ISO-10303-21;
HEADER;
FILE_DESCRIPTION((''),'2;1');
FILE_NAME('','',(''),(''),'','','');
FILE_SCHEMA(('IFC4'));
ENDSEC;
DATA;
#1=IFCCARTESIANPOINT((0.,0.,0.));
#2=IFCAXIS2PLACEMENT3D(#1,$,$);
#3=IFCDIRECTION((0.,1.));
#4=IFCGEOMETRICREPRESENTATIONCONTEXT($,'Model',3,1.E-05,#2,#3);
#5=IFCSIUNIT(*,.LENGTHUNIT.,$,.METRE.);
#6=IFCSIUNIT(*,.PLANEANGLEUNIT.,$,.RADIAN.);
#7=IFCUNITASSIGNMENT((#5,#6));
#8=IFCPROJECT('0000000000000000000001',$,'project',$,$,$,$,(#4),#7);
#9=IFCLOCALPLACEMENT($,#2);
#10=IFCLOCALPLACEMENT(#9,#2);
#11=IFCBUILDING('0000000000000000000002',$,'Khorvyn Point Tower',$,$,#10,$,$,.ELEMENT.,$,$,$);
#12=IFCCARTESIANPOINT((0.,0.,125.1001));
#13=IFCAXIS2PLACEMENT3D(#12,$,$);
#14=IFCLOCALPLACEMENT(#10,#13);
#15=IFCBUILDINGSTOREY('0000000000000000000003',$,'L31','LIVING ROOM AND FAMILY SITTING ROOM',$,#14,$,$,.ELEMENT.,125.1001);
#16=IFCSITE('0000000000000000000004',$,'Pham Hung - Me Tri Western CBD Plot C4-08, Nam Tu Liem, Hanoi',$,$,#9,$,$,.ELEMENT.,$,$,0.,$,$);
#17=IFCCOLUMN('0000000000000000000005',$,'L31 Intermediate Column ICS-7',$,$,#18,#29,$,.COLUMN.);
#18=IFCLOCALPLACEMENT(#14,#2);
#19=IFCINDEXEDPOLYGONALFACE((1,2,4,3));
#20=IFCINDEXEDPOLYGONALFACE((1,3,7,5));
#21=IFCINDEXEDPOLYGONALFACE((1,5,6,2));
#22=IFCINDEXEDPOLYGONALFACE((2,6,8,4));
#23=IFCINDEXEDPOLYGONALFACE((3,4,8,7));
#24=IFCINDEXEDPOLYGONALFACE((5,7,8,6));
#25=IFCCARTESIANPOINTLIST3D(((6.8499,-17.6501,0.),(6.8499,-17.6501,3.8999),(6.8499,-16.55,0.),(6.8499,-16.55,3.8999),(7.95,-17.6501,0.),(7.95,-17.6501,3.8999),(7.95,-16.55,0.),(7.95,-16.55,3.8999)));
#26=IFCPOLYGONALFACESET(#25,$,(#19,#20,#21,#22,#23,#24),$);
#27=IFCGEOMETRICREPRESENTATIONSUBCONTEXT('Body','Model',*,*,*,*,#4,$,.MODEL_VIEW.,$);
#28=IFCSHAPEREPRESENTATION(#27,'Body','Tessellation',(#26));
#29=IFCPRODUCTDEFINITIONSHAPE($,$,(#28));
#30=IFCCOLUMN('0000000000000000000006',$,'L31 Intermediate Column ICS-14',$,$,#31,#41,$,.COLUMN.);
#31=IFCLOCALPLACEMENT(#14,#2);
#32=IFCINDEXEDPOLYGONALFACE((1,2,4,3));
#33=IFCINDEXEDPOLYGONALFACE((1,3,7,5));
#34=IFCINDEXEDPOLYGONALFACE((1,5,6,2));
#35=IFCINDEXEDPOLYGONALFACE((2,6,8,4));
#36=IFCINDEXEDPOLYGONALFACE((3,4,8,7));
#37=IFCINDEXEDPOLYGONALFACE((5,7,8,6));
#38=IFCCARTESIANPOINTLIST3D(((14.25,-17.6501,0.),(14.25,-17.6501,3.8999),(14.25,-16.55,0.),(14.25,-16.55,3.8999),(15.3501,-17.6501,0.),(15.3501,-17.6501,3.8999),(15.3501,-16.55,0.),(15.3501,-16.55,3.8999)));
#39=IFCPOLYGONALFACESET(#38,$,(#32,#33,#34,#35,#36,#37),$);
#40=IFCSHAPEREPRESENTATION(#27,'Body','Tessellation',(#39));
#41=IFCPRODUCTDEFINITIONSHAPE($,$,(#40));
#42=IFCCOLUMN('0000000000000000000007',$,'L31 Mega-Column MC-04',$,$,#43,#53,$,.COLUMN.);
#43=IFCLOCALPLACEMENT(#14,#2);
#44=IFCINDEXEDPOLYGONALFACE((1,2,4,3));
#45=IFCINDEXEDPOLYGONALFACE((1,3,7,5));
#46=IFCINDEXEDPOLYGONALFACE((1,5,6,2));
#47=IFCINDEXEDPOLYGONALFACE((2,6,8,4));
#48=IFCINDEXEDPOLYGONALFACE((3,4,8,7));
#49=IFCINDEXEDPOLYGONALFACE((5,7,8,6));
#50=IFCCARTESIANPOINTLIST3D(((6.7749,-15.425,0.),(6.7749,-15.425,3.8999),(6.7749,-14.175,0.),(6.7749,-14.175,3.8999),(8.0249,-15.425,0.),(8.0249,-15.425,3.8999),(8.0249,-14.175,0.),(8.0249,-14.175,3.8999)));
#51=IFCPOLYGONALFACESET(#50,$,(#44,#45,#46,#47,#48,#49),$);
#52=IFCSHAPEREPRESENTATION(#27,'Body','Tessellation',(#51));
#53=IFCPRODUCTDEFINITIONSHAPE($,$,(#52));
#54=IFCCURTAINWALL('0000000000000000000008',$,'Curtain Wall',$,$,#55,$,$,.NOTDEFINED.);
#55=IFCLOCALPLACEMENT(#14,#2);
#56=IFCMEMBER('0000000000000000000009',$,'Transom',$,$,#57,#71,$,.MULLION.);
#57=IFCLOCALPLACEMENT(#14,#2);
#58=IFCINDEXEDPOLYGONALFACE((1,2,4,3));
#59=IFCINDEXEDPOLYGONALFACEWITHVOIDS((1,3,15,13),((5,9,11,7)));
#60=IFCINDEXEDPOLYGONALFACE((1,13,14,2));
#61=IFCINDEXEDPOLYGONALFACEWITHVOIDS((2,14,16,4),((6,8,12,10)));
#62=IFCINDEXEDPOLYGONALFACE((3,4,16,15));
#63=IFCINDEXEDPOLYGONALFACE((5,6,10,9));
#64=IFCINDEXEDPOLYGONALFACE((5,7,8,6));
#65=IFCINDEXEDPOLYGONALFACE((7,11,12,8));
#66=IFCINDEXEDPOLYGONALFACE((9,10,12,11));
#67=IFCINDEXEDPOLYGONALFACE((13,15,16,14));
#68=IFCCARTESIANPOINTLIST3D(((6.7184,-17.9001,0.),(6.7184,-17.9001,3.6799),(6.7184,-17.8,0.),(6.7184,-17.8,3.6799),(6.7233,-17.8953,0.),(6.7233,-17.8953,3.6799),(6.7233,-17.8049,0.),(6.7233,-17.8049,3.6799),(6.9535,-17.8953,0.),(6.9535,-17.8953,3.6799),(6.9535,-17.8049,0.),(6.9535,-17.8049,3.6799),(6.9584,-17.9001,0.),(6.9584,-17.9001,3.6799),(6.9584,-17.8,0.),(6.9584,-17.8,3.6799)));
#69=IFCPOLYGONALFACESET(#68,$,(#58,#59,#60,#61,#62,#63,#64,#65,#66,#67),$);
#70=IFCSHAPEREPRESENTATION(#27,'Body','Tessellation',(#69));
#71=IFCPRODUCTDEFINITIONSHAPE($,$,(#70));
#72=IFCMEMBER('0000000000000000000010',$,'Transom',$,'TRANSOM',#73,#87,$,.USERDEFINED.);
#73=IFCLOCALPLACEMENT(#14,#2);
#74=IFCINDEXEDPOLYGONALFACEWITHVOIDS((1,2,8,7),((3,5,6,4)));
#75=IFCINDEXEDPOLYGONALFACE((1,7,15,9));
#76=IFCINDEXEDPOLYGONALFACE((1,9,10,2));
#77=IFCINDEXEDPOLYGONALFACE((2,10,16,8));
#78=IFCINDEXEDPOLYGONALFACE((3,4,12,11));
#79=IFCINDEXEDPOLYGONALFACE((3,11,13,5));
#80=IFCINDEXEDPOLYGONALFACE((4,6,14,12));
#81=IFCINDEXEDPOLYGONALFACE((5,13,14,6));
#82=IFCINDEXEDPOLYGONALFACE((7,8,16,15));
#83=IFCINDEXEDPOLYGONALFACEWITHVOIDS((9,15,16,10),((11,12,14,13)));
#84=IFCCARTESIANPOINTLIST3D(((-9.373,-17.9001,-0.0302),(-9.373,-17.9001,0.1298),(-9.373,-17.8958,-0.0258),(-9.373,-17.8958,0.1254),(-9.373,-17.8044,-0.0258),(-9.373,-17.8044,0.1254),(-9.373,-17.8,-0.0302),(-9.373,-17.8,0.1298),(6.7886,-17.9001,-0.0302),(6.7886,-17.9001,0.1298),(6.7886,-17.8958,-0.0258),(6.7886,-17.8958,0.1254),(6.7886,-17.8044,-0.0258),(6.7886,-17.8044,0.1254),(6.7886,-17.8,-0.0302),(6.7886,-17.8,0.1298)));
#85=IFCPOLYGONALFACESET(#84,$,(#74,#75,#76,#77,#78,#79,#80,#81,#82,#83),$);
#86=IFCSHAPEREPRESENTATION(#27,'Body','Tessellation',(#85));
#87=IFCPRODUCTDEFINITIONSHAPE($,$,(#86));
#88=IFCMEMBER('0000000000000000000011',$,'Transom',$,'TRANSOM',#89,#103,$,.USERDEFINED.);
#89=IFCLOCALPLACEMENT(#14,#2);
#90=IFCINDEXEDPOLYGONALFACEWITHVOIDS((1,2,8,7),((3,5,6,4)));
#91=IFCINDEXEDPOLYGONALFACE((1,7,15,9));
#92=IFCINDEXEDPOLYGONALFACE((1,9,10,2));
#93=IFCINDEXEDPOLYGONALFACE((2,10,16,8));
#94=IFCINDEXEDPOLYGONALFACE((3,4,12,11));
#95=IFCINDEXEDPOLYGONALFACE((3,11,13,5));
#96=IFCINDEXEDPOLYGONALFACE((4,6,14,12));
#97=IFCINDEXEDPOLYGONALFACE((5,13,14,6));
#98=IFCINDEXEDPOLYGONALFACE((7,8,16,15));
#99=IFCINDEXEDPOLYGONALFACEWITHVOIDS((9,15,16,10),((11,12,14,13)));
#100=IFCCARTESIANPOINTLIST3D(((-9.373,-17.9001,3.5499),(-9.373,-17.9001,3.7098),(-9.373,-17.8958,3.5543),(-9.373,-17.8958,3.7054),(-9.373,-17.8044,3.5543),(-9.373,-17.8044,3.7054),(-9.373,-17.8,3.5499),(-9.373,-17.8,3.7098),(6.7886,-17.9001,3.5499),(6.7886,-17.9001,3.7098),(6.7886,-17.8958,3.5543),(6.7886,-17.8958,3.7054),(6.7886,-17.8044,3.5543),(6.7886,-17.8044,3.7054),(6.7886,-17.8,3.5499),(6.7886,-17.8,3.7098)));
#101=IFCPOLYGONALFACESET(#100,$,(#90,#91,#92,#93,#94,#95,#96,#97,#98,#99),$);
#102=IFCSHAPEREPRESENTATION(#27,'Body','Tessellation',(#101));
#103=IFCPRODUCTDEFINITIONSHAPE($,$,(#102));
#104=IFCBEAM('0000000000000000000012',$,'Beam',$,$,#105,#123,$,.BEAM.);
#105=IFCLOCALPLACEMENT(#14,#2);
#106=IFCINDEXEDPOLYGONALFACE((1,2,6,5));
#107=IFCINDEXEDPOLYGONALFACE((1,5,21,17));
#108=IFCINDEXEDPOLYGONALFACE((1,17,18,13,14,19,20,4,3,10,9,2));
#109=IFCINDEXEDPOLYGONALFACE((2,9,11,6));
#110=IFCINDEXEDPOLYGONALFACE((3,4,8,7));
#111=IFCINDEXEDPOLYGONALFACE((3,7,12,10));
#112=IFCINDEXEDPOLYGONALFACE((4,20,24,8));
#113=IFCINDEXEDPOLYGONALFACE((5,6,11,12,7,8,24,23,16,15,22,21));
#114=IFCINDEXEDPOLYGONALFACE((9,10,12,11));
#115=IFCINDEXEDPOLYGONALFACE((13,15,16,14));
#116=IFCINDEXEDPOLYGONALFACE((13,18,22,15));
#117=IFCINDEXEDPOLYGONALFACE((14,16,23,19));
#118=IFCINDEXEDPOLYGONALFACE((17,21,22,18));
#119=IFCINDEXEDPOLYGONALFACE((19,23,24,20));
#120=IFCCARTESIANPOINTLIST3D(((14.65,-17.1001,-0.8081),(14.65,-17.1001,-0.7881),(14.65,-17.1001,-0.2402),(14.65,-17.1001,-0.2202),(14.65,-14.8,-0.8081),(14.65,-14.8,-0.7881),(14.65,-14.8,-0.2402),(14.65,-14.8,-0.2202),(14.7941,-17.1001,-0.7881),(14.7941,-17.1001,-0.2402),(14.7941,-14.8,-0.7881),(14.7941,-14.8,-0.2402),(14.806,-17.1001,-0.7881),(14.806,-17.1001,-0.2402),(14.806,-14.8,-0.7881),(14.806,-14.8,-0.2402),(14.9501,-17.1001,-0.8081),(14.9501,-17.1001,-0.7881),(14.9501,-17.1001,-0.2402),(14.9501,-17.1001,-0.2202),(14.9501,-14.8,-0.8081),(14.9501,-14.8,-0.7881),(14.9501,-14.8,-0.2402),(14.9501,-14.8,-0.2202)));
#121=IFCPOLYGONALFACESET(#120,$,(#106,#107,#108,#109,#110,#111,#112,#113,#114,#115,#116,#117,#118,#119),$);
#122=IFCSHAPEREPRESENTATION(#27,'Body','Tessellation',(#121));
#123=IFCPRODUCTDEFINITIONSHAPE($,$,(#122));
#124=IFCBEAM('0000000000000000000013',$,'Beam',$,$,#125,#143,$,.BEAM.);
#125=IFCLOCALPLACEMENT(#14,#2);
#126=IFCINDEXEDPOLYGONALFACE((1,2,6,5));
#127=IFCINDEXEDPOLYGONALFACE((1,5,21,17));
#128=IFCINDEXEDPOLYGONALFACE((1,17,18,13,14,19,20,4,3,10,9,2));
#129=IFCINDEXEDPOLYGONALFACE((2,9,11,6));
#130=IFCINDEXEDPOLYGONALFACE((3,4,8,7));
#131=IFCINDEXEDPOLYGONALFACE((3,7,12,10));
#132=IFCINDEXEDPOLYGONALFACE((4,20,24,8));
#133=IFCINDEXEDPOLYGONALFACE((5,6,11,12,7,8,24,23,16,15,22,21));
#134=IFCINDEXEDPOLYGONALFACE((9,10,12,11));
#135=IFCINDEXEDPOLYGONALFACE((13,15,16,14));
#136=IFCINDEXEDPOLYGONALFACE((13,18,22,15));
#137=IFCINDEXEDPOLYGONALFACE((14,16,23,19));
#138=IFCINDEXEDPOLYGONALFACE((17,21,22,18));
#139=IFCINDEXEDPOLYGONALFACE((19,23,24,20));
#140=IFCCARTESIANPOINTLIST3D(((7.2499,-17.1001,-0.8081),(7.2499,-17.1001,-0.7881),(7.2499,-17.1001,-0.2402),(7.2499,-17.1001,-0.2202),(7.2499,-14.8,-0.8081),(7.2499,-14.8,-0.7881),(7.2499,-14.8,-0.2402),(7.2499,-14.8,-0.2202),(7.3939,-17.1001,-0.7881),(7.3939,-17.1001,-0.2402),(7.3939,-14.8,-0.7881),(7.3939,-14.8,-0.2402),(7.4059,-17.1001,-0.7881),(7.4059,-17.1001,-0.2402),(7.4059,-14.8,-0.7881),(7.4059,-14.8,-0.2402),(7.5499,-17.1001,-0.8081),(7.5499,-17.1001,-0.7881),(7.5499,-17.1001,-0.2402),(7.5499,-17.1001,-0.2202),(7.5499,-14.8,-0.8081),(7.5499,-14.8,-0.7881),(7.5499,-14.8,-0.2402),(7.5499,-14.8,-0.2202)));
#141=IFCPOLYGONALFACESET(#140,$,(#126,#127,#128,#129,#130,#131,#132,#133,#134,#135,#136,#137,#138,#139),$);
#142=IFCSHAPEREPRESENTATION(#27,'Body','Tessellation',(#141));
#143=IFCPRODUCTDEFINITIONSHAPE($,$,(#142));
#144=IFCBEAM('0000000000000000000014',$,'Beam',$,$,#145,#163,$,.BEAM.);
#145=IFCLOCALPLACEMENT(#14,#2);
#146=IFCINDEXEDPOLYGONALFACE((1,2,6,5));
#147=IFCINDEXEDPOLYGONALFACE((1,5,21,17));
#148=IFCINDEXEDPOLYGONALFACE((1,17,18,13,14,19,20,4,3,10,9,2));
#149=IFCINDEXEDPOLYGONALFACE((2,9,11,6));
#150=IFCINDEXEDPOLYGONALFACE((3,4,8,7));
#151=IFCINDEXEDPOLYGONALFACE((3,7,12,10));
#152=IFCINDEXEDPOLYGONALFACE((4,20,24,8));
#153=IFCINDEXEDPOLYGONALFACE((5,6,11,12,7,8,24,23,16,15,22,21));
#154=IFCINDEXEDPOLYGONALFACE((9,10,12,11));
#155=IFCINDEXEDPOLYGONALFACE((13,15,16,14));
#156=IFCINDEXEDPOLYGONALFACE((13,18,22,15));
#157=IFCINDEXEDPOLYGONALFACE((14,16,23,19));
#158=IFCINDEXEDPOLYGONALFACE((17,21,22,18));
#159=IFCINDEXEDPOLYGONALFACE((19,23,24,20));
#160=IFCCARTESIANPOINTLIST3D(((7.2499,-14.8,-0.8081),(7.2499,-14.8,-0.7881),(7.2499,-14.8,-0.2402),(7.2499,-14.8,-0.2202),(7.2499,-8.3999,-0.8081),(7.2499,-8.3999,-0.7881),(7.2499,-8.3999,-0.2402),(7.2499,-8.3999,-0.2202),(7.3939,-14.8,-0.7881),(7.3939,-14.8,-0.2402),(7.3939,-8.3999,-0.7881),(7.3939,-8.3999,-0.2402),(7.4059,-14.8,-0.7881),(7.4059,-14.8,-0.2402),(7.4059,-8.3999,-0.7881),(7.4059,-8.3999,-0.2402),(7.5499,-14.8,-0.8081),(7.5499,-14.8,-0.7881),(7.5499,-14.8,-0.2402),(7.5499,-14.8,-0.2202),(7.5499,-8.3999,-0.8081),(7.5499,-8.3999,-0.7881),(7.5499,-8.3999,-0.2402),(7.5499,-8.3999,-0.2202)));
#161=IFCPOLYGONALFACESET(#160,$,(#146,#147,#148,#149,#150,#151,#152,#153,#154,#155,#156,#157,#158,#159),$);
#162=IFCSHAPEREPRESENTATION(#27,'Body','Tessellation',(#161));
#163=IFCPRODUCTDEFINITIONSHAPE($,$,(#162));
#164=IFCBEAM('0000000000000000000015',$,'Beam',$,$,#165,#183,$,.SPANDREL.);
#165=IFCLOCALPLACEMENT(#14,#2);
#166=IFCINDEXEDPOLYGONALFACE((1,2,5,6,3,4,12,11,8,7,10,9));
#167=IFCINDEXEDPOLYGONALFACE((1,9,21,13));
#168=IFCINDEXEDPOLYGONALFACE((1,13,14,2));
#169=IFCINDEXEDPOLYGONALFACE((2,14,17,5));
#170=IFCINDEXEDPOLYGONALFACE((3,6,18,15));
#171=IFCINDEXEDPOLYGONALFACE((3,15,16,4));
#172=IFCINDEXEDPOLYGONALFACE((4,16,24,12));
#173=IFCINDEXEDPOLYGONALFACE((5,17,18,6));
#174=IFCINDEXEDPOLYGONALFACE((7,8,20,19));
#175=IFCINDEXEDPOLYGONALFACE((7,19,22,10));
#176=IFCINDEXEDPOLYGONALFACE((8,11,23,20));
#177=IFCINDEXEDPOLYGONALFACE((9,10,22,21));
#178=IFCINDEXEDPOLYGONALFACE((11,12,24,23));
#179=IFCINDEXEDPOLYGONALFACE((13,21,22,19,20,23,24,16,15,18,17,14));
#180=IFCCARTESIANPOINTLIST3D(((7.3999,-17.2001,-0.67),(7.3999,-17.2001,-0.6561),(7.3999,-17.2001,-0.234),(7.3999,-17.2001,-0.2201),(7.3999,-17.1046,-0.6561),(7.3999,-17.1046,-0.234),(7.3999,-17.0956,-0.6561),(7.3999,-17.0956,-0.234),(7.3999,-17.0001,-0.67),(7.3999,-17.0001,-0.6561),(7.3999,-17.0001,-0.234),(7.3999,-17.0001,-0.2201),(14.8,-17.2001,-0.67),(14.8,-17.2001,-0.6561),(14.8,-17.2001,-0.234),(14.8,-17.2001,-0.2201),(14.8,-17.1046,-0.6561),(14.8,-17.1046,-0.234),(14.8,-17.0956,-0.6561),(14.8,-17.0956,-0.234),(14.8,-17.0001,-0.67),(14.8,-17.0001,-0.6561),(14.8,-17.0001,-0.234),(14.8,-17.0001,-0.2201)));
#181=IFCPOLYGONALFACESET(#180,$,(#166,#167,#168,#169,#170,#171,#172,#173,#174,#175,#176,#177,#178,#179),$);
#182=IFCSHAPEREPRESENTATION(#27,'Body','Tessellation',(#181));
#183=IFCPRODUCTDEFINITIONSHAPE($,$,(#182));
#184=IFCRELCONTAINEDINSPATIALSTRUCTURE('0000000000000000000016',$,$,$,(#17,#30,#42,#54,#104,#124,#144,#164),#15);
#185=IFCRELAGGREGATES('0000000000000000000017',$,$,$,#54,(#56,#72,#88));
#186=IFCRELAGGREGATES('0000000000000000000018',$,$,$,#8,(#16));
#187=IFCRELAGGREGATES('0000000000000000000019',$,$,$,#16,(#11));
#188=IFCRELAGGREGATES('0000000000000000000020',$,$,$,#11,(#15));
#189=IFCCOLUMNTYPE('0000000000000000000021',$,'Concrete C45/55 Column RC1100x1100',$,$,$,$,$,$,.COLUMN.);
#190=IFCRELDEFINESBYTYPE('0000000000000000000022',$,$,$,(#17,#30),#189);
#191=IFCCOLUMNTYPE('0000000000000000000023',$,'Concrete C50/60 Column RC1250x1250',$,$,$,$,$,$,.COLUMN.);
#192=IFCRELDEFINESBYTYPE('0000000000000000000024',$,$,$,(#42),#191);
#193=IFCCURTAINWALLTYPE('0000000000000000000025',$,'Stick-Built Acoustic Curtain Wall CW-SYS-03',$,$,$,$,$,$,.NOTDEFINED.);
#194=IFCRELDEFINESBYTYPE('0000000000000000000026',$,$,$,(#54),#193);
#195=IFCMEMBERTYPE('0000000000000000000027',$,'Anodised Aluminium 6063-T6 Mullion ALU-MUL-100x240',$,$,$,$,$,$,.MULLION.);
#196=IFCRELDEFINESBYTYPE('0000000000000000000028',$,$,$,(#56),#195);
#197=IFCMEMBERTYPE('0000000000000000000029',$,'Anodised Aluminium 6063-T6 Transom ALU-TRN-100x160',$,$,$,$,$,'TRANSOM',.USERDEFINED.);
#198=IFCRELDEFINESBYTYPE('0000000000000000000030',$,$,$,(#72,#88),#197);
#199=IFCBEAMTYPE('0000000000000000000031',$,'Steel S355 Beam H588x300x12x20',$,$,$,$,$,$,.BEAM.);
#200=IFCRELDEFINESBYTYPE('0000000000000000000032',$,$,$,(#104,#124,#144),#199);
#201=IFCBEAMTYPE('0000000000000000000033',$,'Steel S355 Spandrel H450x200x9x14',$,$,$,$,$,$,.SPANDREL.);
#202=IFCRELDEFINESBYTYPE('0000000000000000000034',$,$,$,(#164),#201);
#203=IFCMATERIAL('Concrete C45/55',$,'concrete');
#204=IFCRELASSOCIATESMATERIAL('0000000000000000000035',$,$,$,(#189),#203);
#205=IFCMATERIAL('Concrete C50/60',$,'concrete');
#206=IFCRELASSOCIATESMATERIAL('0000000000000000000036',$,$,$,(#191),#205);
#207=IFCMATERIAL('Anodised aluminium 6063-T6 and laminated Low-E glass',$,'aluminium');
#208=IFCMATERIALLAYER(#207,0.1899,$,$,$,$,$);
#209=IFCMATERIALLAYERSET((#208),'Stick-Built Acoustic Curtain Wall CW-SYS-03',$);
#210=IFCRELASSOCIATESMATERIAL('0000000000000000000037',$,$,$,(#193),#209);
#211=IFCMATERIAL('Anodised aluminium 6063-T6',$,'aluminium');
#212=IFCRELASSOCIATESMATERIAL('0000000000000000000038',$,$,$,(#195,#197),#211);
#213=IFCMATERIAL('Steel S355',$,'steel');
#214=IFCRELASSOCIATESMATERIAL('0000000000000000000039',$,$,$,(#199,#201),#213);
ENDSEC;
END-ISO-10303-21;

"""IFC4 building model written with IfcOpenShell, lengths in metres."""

from ifc_helpers import new_model, si_unit, direction, frame, origin, origin_2d, place, context, subcontext, project, spatial, rectangle, hollow_rectangle, i_section, extrude, material, layer, layer_set, material_profile, profile_set, type_object, element, aggregate, save


model = new_model("IFC4")

# Units and contexts
model_context = context("Model", 3, precision=1e-05, world=origin(), true_north=direction((0.0, 1.0)))
body_context = subcontext(model_context, "Body", "Model", "MODEL_VIEW")
ifc_project = project(units=[si_unit("LENGTHUNIT", "METRE"), si_unit("PLANEANGLEUNIT", "RADIAN")], contexts=[model_context])

# Site, building, storey
site_placement = place(None, origin())
site = spatial("IfcSite", under=ifc_project, at=site_placement, Name="Pham Hung - Me Tri Western CBD Plot C4-08, Nam Tu Liem, Hanoi", CompositionType="ELEMENT", RefElevation=0.0)
building_placement = place(site_placement, origin())
building = spatial("IfcBuilding", under=site, at=building_placement, Name="Khorvyn Point Tower", CompositionType="ELEMENT")
storey_placement = place(building_placement, frame((0.0, 0.0, 125.1001)))
storey = spatial("IfcBuildingStorey", under=building, at=storey_placement, Name="L31", Description="LIVING ROOM AND FAMILY SITTING ROOM", CompositionType="ELEMENT", Elevation=125.1001)

# Columns
ifc_material_1 = material(Name="Concrete C45/55", Category="concrete")
ifc_material_profile_1 = material_profile(ifc_material_1, rectangle(XDim=1.1001, YDim=1.1001, at=origin_2d()))
ifc_profile_set_1 = profile_set([ifc_material_profile_1], Name="Concrete C45/55 RC1100x1100")
column_type_1 = type_object("IfcColumnType", Name="Concrete C45/55 Column RC1100x1100", PredefinedType="COLUMN", material=ifc_profile_set_1)
for number, where, z_axis, x_axis, name in (
    (1, (7.3999, -17.1001, 0.0), (0.0, 0.0, 1.0), (1.0, 0.0, 0.0), "L31 Intermediate Column ICS-7"),
    (2, (14.8, -17.1001, 0.0), (0.0, 0.0, 1.0), (1.0, 0.0, 0.0), "L31 Intermediate Column ICS-14"),
):
    element("IfcColumn", number, at=place(storey_placement, frame(where, z_axis=z_axis, x_axis=x_axis)), inside=storey, type_object=column_type_1, Name=name, PredefinedType="COLUMN", context=body_context, shape_type="SweptSolid", body=[
        extrude(rectangle(XDim=1.1001, YDim=1.1001, at=origin_2d()), origin(), (0.0, 0.0, 1.0), 3.8999),
    ])
ifc_material_2 = material(Name="Concrete C50/60", Category="concrete")
ifc_material_profile_2 = material_profile(ifc_material_2, rectangle(XDim=1.25, YDim=1.25, at=origin_2d()))
ifc_profile_set_2 = profile_set([ifc_material_profile_2], Name="Concrete C50/60 RC1250x1250")
column_type_2 = type_object("IfcColumnType", Name="Concrete C50/60 Column RC1250x1250", PredefinedType="COLUMN", material=ifc_profile_set_2)
column_placement = place(storey_placement, frame((7.3999, -14.8, 0.0), z_axis=(0.0, 0.0, 1.0), x_axis=(1.0, 0.0, 0.0)))
element("IfcColumn", 3, at=column_placement, inside=storey, type_object=column_type_2, Name="L31 Mega-Column MC-04", PredefinedType="COLUMN", context=body_context, shape_type="SweptSolid", body=[
    extrude(rectangle(XDim=1.25, YDim=1.25, at=origin_2d()), origin(), (0.0, 0.0, 1.0), 3.8999),
])

# Curtain wall, members
ifc_material_3 = material(Name="Anodised aluminium 6063-T6 and laminated Low-E glass", Category="aluminium")
ifc_layer_1 = layer(ifc_material_3, 0.1899)
ifc_layer_set_1 = layer_set([ifc_layer_1], Name="Stick-Built Acoustic Curtain Wall CW-SYS-03")
curtain_wall_type = type_object("IfcCurtainWallType", Name="Stick-Built Acoustic Curtain Wall CW-SYS-03", PredefinedType="NOTDEFINED", material=ifc_layer_set_1)
curtain_wall_placement = place(storey_placement, origin())
curtain_wall = element("IfcCurtainWall", 4, at=curtain_wall_placement, inside=storey, type_object=curtain_wall_type, Name="Curtain Wall", PredefinedType="NOTDEFINED")
ifc_material_4 = material(Name="Anodised aluminium 6063-T6", Category="aluminium")
ifc_material_profile_3 = material_profile(ifc_material_4, hollow_rectangle(XDim=0.1001, YDim=0.24, WallThickness=0.0049, at=origin_2d()))
ifc_profile_set_3 = profile_set([ifc_material_profile_3], Name="Anodised aluminium 6063-T6 ALU-MUL-100x240")
member_type_1 = type_object("IfcMemberType", Name="Anodised Aluminium 6063-T6 Mullion ALU-MUL-100x240", PredefinedType="MULLION", material=ifc_profile_set_3)
member_1_placement = place(storey_placement, frame((6.8384, -17.8501, 0.0), z_axis=(0.0, 0.0, 1.0), x_axis=(0.0, -1.0, 0.0)))
member_1 = element("IfcMember", 5, at=member_1_placement, type_object=member_type_1, Name="Transom", PredefinedType="MULLION", context=body_context, shape_type="SweptSolid", body=[
    extrude(hollow_rectangle(XDim=0.1001, YDim=0.24, WallThickness=0.0049, at=origin_2d()), origin(), (0.0, 0.0, 1.0), 3.6799),
])
ifc_material_profile_4 = material_profile(ifc_material_4, hollow_rectangle(XDim=0.1001, YDim=0.1599, WallThickness=0.0044, at=origin_2d()))
ifc_profile_set_4 = profile_set([ifc_material_profile_4], Name="Anodised aluminium 6063-T6 ALU-TRN-100x160")
member_type_2 = type_object("IfcMemberType", Name="Anodised Aluminium 6063-T6 Transom ALU-TRN-100x160", ElementType="TRANSOM", PredefinedType="USERDEFINED", material=ifc_profile_set_4)
member_2_placement = place(storey_placement, frame((6.7886, -17.8501, 0.0498), z_axis=(-1.0, 0.0, 0.0), x_axis=(0.0, -1.0, 0.0)))
member_2 = element("IfcMember", 6, at=member_2_placement, type_object=member_type_2, Name="Transom", ObjectType="TRANSOM", PredefinedType="USERDEFINED", context=body_context, shape_type="SweptSolid", body=[
    extrude(hollow_rectangle(XDim=0.1001, YDim=0.1599, WallThickness=0.0044, at=origin_2d()), origin(), (0.0, 0.0, 1.0), 16.1616),
])
member_3_placement = place(storey_placement, frame((6.7886, -17.8501, 3.6299), z_axis=(-1.0, 0.0, 0.0), x_axis=(0.0, -1.0, 0.0)))
member_3 = element("IfcMember", 7, at=member_3_placement, type_object=member_type_2, Name="Transom", ObjectType="TRANSOM", PredefinedType="USERDEFINED", context=body_context, shape_type="SweptSolid", body=[
    extrude(hollow_rectangle(XDim=0.1001, YDim=0.1599, WallThickness=0.0044, at=origin_2d()), origin(), (0.0, 0.0, 1.0), 16.1616),
])
aggregate(curtain_wall, [member_1, member_2, member_3])

# Beams
ifc_material_5 = material(Name="Steel S355", Category="steel")
ifc_material_profile_5 = material_profile(ifc_material_5, i_section(OverallWidth=0.3, OverallDepth=0.5879, WebThickness=0.012, FlangeThickness=0.02, at=origin_2d()))
ifc_profile_set_5 = profile_set([ifc_material_profile_5], Name="Steel S355 H588x300x12x20")
beam_type_1 = type_object("IfcBeamType", Name="Steel S355 Beam H588x300x12x20", PredefinedType="BEAM", material=ifc_profile_set_5)
for number, where, z_axis, x_axis, name in (
    (8, (14.8, -17.1001, -0.5142), (0.0, 1.0, 0.0), (-1.0, 0.0, 0.0), "Beam"),
    (9, (7.3999, -17.1001, -0.5142), (0.0, 1.0, 0.0), (-1.0, 0.0, 0.0), "Beam"),
):
    element("IfcBeam", number, at=place(storey_placement, frame(where, z_axis=z_axis, x_axis=x_axis)), inside=storey, type_object=beam_type_1, Name=name, PredefinedType="BEAM", context=body_context, shape_type="SweptSolid", body=[
        extrude(i_section(OverallWidth=0.3, OverallDepth=0.5879, WebThickness=0.012, FlangeThickness=0.02, at=origin_2d()), origin(), (0.0, 0.0, 1.0), 2.3),
    ])
beam_1_placement = place(storey_placement, frame((7.3999, -14.8, -0.5142), z_axis=(0.0, 1.0, 0.0), x_axis=(-1.0, 0.0, 0.0)))
element("IfcBeam", 10, at=beam_1_placement, inside=storey, type_object=beam_type_1, Name="Beam", PredefinedType="BEAM", context=body_context, shape_type="SweptSolid", body=[
    extrude(i_section(OverallWidth=0.3, OverallDepth=0.5879, WebThickness=0.012, FlangeThickness=0.02, at=origin_2d()), origin(), (0.0, 0.0, 1.0), 6.4001),
])
ifc_material_profile_6 = material_profile(ifc_material_5, i_section(OverallWidth=0.2, OverallDepth=0.45, WebThickness=0.009, FlangeThickness=0.0139, at=origin_2d()))
ifc_profile_set_6 = profile_set([ifc_material_profile_6], Name="Steel S355 H450x200x9x14")
beam_type_2 = type_object("IfcBeamType", Name="Steel S355 Spandrel H450x200x9x14", PredefinedType="SPANDREL", material=ifc_profile_set_6)
beam_2_placement = place(storey_placement, frame((7.3999, -17.1001, -0.4451), z_axis=(1.0, 0.0, 0.0), x_axis=(0.0, 1.0, 0.0)))
element("IfcBeam", 11, at=beam_2_placement, inside=storey, type_object=beam_type_2, Name="Beam", PredefinedType="SPANDREL", context=body_context, shape_type="SweptSolid", body=[
    extrude(i_section(OverallWidth=0.2, OverallDepth=0.45, WebThickness=0.009, FlangeThickness=0.0139, at=origin_2d()), origin(), (0.0, 0.0, 1.0), 7.4001),
])

save(model, "model.ifc")
